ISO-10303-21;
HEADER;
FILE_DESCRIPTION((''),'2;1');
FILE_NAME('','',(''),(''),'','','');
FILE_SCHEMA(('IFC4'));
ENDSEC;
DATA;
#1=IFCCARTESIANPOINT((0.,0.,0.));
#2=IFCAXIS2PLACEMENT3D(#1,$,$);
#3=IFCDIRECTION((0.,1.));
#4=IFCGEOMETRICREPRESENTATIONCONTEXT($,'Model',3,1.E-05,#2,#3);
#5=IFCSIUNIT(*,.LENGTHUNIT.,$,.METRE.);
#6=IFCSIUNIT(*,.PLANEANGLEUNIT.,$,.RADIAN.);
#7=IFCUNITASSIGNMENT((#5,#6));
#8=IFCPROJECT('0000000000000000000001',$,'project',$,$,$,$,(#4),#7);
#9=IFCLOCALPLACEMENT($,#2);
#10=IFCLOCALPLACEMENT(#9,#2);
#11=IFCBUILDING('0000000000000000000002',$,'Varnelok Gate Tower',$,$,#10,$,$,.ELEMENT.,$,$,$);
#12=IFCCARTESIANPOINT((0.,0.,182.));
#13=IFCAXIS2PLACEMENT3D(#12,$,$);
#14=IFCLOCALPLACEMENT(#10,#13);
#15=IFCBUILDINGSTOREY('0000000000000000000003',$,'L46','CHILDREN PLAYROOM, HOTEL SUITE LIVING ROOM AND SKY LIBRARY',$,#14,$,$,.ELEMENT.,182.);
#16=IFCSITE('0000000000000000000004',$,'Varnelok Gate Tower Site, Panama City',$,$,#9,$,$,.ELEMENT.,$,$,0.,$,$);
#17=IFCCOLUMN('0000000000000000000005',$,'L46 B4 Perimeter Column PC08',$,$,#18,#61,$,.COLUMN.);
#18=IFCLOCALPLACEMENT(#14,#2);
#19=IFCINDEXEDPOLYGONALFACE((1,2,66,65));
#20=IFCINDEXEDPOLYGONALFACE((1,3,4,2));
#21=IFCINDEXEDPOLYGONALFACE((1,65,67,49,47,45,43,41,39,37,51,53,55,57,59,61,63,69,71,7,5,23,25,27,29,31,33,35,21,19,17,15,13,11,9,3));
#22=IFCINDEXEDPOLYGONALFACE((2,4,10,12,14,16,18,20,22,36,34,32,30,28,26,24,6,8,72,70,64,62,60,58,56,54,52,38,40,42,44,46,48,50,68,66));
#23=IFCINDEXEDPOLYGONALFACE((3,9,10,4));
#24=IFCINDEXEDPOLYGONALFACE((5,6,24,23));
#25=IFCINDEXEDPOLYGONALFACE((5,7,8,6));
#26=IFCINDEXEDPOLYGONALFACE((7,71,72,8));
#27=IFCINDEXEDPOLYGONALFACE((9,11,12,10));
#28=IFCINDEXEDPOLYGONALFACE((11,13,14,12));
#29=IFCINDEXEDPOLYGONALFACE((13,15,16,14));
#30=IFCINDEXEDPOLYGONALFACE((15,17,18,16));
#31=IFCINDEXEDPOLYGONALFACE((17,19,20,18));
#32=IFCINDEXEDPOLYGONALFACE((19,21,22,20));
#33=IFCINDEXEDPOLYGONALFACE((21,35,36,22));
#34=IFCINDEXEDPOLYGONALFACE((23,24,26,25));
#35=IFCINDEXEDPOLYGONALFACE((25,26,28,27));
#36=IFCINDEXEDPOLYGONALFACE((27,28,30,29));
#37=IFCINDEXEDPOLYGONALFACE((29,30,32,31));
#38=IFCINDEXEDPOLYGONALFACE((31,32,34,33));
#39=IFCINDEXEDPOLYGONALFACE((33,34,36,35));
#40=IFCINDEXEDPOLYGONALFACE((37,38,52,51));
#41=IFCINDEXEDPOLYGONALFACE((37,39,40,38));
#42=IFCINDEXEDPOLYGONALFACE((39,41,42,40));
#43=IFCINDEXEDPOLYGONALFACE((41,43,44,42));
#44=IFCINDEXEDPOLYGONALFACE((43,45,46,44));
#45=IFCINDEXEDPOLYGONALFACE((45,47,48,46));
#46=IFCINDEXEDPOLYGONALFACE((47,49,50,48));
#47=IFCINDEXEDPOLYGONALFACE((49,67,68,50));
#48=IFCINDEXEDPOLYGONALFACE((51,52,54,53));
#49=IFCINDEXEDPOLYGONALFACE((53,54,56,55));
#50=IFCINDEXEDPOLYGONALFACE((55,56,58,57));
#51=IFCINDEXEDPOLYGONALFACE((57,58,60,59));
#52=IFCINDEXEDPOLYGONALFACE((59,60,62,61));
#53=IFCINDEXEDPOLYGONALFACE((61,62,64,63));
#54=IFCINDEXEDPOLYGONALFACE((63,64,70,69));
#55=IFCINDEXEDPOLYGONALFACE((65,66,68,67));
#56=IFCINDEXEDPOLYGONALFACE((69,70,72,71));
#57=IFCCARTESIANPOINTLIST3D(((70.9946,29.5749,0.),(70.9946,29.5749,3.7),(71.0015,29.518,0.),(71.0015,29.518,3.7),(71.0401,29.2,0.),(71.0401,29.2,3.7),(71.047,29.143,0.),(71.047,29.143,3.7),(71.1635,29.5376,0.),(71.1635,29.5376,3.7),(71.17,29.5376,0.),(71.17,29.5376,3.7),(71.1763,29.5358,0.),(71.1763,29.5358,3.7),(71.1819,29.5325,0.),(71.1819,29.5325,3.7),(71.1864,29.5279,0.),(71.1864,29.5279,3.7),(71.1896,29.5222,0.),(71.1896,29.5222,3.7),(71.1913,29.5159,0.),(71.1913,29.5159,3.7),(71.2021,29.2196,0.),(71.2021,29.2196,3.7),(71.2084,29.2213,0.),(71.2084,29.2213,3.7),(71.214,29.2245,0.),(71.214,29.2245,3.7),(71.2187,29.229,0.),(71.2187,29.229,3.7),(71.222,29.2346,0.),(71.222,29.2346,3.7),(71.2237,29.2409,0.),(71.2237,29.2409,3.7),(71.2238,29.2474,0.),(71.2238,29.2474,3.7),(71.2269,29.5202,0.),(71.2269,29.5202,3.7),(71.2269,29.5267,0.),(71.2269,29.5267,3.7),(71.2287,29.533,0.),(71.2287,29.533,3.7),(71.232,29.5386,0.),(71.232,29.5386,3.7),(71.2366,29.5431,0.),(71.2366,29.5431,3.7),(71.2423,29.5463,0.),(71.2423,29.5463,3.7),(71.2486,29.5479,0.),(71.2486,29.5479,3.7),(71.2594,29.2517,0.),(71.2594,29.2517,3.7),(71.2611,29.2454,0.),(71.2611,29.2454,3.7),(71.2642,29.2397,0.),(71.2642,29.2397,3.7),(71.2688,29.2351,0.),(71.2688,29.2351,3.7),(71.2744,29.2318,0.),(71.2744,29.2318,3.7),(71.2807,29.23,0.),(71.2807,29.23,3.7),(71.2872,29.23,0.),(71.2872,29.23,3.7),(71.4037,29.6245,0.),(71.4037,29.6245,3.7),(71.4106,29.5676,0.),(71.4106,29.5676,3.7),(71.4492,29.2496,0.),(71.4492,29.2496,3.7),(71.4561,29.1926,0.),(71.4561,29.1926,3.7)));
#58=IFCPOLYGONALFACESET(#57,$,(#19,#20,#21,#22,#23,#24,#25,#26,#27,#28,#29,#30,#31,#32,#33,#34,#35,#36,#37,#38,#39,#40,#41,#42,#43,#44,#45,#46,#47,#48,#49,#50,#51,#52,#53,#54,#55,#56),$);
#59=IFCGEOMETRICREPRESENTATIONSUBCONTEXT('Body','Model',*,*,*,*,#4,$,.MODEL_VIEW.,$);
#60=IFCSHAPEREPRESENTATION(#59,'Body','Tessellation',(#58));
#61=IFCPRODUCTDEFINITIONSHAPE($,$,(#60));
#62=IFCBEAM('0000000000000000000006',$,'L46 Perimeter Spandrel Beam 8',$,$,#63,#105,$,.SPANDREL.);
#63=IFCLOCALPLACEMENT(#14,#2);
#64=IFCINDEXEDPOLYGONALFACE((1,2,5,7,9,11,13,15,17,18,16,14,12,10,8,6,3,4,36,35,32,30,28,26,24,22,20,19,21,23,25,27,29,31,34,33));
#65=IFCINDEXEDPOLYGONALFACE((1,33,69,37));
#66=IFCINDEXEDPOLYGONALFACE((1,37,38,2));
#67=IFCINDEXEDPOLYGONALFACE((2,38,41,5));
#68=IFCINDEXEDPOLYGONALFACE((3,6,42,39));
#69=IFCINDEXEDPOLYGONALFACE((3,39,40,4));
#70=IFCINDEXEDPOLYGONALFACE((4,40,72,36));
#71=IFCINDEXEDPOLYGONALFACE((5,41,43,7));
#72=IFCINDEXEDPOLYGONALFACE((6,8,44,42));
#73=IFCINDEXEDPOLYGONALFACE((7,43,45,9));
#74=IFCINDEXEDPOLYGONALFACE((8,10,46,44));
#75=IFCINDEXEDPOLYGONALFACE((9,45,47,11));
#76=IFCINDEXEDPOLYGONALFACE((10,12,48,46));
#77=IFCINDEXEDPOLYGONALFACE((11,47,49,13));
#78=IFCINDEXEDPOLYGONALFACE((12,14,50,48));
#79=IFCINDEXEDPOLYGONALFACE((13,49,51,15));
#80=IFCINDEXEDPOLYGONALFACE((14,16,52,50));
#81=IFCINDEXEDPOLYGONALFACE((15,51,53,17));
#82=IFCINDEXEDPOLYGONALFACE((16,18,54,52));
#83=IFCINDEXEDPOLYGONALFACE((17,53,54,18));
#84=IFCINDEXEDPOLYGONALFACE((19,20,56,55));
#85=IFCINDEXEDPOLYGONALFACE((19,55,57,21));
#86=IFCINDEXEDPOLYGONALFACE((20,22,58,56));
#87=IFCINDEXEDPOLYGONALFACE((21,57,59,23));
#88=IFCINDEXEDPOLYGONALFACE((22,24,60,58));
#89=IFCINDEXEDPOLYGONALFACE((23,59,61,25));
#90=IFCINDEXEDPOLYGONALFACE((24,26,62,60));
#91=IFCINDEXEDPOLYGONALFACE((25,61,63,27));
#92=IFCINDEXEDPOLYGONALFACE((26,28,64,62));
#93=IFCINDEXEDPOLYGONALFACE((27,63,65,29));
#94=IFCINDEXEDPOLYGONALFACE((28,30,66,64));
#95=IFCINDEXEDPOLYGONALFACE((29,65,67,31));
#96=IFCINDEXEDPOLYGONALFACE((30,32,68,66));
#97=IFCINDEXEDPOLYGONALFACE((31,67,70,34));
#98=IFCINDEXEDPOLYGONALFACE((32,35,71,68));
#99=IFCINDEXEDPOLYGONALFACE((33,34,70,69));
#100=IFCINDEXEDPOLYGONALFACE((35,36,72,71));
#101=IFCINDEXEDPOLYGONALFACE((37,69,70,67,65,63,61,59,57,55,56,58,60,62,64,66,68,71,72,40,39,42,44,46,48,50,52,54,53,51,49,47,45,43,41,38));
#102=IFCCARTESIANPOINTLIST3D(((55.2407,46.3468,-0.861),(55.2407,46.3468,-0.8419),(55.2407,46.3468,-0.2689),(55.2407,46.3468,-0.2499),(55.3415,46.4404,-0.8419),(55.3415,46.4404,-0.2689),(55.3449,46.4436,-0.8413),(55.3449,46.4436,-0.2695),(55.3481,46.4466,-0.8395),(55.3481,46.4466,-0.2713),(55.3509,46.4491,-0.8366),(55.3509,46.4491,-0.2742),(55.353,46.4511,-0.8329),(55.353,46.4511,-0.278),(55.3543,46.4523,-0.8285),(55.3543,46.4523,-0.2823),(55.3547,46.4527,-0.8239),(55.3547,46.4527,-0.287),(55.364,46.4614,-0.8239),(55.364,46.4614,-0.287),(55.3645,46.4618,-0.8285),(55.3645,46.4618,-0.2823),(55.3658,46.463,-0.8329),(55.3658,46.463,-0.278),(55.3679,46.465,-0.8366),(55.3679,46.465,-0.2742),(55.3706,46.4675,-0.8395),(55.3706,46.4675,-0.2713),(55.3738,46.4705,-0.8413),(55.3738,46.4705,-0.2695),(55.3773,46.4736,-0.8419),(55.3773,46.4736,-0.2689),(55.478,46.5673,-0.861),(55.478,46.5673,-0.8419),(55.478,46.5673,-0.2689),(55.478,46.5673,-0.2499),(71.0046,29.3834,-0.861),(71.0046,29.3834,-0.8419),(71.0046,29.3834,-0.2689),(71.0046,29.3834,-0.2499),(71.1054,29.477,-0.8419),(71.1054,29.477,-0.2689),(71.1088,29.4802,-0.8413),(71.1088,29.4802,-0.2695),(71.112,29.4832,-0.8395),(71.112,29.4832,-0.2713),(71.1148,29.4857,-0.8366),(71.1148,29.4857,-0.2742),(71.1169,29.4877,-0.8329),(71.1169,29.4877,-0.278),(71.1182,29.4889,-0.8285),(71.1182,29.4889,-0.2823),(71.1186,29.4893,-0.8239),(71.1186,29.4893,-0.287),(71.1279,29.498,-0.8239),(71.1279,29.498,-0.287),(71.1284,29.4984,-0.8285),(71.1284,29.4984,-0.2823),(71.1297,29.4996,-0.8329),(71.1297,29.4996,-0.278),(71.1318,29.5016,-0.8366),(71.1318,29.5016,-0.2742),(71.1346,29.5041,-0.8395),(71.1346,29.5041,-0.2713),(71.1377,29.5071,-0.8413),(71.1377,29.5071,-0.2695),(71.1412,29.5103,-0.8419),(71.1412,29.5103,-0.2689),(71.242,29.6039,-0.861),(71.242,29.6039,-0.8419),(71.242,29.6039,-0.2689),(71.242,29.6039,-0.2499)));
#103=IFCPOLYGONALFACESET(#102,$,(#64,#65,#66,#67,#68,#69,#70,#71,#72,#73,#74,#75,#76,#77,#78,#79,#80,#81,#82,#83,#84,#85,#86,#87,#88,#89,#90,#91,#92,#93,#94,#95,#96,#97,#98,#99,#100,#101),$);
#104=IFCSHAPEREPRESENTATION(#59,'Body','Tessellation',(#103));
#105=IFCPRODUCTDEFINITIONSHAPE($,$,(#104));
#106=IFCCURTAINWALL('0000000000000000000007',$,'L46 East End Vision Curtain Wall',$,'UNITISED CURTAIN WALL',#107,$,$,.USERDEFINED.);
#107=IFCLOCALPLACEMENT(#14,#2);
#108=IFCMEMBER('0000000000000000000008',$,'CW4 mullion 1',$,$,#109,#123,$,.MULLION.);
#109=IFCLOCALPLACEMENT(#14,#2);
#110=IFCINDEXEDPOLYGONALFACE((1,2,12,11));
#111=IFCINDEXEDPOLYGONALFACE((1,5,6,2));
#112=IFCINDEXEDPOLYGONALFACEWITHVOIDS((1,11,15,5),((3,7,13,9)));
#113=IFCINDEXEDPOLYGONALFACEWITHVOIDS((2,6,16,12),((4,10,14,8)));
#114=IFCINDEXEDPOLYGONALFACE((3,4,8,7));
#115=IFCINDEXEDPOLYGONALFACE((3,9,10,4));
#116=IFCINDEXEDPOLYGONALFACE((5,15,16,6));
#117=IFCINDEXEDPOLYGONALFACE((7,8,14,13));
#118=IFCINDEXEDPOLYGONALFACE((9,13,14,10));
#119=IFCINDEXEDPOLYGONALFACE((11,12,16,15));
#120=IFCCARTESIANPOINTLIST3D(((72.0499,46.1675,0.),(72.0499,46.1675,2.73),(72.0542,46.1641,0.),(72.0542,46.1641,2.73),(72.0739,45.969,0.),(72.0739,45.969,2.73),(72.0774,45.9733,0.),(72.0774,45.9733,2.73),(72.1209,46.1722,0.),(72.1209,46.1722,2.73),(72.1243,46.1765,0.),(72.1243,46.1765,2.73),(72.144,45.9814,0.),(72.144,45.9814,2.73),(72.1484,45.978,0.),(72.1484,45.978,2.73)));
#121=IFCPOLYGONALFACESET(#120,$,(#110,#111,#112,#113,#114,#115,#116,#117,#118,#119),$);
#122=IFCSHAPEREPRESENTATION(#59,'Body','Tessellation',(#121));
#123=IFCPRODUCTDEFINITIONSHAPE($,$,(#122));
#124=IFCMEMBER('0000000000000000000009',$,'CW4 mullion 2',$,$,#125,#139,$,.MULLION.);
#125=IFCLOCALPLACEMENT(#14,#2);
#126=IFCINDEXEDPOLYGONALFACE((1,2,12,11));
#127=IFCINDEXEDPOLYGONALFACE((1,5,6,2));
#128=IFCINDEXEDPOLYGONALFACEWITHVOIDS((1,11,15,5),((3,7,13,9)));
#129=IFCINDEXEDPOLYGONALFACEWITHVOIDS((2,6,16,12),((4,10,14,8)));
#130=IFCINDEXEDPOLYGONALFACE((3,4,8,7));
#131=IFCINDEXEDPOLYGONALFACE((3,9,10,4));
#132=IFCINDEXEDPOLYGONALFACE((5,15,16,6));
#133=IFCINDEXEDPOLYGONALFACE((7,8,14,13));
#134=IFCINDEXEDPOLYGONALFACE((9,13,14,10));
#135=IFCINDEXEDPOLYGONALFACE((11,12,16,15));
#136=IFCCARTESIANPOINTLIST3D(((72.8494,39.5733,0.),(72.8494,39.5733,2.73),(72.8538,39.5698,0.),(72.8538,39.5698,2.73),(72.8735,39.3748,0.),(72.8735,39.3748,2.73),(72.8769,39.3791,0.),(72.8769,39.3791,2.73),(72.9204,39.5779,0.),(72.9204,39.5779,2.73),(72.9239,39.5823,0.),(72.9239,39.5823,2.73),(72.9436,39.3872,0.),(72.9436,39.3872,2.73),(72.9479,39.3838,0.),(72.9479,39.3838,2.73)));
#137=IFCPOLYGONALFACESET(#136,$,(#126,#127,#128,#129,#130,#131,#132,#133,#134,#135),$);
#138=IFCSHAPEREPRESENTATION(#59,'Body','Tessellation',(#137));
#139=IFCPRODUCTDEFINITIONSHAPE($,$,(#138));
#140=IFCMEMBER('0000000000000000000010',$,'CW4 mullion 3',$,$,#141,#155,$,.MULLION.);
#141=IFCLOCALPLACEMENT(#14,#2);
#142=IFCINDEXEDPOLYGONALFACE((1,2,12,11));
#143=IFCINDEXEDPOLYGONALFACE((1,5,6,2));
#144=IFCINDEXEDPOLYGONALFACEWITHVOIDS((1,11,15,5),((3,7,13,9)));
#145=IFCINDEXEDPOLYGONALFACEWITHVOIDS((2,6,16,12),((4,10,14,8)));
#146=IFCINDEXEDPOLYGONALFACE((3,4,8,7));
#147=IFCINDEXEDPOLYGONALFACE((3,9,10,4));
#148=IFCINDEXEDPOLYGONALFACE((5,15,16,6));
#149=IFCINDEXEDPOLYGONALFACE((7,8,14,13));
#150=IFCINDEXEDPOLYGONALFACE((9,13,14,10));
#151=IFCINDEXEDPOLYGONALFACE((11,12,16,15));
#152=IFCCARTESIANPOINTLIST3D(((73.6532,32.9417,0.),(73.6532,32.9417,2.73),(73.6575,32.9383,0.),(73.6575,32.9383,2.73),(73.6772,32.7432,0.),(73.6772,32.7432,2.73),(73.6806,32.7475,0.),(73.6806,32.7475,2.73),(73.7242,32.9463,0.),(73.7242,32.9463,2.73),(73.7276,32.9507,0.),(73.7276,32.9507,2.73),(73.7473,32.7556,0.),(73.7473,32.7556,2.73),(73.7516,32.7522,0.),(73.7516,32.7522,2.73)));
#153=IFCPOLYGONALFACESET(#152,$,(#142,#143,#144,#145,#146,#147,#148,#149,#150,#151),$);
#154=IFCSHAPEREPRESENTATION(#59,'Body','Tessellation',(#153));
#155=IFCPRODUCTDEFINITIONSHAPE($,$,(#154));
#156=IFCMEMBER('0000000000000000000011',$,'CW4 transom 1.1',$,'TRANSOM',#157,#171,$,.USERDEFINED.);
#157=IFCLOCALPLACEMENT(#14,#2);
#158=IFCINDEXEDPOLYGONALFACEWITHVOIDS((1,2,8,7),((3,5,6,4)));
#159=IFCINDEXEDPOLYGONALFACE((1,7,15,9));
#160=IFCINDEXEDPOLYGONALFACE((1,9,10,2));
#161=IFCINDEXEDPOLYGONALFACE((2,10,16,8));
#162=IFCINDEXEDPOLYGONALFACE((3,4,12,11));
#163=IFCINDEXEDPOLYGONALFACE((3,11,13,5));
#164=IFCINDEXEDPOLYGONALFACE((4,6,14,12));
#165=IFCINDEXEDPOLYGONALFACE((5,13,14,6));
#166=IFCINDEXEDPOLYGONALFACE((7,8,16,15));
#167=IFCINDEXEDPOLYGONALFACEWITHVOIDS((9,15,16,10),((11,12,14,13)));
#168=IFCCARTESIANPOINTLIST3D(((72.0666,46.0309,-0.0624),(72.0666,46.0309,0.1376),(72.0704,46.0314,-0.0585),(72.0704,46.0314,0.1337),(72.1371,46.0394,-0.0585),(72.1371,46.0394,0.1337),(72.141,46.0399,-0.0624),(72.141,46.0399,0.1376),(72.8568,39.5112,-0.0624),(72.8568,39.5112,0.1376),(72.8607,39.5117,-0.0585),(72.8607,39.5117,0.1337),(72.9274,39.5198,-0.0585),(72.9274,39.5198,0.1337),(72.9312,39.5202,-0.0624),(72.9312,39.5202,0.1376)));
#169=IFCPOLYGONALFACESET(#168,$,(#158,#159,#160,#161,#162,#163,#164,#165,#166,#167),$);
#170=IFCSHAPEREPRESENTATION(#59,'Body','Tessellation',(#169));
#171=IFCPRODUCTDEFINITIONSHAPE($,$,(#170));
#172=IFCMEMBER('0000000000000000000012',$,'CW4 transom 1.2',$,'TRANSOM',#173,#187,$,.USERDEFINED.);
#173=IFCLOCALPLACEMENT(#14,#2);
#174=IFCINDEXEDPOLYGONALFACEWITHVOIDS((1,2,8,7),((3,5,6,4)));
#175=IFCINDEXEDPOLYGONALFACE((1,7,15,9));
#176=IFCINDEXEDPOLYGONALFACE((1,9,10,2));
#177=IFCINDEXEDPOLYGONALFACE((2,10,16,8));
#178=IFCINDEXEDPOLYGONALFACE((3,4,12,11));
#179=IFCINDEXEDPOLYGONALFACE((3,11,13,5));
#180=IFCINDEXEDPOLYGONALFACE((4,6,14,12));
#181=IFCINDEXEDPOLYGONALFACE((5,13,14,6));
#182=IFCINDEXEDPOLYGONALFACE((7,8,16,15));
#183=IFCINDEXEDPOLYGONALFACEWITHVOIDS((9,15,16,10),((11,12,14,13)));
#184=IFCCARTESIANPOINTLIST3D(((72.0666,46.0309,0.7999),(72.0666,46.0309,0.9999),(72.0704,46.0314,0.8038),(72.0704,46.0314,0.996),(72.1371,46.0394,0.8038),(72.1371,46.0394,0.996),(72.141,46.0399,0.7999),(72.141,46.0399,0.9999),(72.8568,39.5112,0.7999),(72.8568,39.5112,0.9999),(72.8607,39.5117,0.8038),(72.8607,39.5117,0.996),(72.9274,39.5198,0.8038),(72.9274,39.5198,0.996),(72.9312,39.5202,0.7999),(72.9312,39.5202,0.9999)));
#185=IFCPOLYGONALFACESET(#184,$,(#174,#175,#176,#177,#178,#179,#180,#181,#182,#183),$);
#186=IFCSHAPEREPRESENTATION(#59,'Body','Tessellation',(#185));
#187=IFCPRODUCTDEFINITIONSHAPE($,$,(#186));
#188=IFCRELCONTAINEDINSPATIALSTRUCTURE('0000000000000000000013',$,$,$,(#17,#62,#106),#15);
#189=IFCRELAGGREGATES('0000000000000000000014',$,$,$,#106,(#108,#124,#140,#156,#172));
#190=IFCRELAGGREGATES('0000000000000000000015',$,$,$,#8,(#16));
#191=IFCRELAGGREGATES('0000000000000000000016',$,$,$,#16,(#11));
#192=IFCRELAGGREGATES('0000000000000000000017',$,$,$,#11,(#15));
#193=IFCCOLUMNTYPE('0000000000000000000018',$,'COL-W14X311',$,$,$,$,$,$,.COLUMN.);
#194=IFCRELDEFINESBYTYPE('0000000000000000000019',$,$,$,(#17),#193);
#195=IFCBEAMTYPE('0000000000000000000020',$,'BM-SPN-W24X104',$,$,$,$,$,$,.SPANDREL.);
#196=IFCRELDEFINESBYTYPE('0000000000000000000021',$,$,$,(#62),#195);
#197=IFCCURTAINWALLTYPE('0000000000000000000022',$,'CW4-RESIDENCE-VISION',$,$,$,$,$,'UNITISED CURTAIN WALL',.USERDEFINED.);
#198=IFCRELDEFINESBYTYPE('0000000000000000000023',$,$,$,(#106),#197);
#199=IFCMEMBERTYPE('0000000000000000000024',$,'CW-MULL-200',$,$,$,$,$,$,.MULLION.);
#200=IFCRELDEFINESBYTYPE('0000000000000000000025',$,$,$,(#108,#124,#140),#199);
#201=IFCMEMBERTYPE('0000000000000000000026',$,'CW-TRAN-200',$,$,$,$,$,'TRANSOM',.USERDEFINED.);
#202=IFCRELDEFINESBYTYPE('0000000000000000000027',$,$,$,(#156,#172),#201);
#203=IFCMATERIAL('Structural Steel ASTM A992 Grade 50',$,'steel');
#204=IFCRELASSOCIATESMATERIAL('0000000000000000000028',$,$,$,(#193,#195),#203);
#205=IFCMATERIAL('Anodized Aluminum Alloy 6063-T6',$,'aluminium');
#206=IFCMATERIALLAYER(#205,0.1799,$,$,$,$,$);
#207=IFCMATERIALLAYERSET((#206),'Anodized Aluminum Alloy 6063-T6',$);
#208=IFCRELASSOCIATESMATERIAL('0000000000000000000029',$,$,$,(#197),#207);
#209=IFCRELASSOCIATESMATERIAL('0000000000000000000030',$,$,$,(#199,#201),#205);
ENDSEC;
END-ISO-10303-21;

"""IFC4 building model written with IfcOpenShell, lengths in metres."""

from ifc_helpers import new_model, si_unit, direction, frame, origin, origin_2d, place, context, subcontext, project, spatial, hollow_rectangle, i_section, extrude, material, layer, layer_set, material_profile, profile_set, type_object, element, aggregate, save


model = new_model("IFC4")

# Units and contexts
model_context = context("Model", 3, precision=1e-05, world=origin(), true_north=direction((0.0, 1.0)))
body_context = subcontext(model_context, "Body", "Model", "MODEL_VIEW")
ifc_project = project(units=[si_unit("LENGTHUNIT", "METRE"), si_unit("PLANEANGLEUNIT", "RADIAN")], contexts=[model_context])

# Site, building, storey
site_placement = place(None, origin())
site = spatial("IfcSite", under=ifc_project, at=site_placement, Name="Varnelok Gate Tower Site, Panama City", CompositionType="ELEMENT", RefElevation=0.0)
building_placement = place(site_placement, origin())
building = spatial("IfcBuilding", under=site, at=building_placement, Name="Varnelok Gate Tower", CompositionType="ELEMENT")
storey_placement = place(building_placement, frame((0.0, 0.0, 182.0)))
storey = spatial("IfcBuildingStorey", under=building, at=storey_placement, Name="L46", Description="CHILDREN PLAYROOM, HOTEL SUITE LIVING ROOM AND SKY LIBRARY", CompositionType="ELEMENT", Elevation=182.0)

# Column
ifc_material_1 = material(Name="Structural Steel ASTM A992 Grade 50", Category="steel")
ifc_material_profile_1 = material_profile(ifc_material_1, i_section(OverallWidth=0.4121, OverallDepth=0.4351, WebThickness=0.0359, FlangeThickness=0.0574, FilletRadius=0.0249, at=origin_2d()), Name="W14X311")
ifc_profile_set_1 = profile_set([ifc_material_profile_1], Name="Structural Steel ASTM A992 Grade 50")
column_type = type_object("IfcColumnType", Name="COL-W14X311", PredefinedType="COLUMN", material=ifc_profile_set_1)
column_placement = place(storey_placement, frame((71.2253, 29.3838, 0.0), z_axis=(0.0, 0.0, 1.0), x_axis=(0.992732, 0.120345, 0.0)))
element("IfcColumn", 1, at=column_placement, inside=storey, type_object=column_type, Name="L46 B4 Perimeter Column PC08", PredefinedType="COLUMN", context=body_context, shape_type="SweptSolid", body=[
    extrude(i_section(OverallWidth=0.4121, OverallDepth=0.4351, WebThickness=0.0359, FlangeThickness=0.0574, FilletRadius=0.0249, at=origin_2d()), origin(), (0.0, 0.0, 1.0), 3.7),
])

# Beam
ifc_material_profile_2 = material_profile(ifc_material_1, i_section(OverallWidth=0.324, OverallDepth=0.6111, WebThickness=0.0127, FlangeThickness=0.019, FilletRadius=0.0181, at=origin_2d()), Name="W24X104")
ifc_profile_set_2 = profile_set([ifc_material_profile_2], Name="Structural Steel ASTM A992 Grade 50")
beam_type = type_object("IfcBeamType", Name="BM-SPN-W24X104", PredefinedType="SPANDREL", material=ifc_profile_set_2)
beam_placement = place(storey_placement, frame((71.1233, 29.4937, -0.5554), z_axis=(-0.680734, 0.732531, 0.0), x_axis=(-0.732531, -0.680734, 0.0)))
element("IfcBeam", 2, at=beam_placement, inside=storey, type_object=beam_type, Name="L46 Perimeter Spandrel Beam 8", PredefinedType="SPANDREL", context=body_context, shape_type="SweptSolid", body=[
    extrude(i_section(OverallWidth=0.324, OverallDepth=0.6111, WebThickness=0.0127, FlangeThickness=0.019, FilletRadius=0.0181, at=origin_2d()), origin(), (0.0, 0.0, 1.0), 23.1572),
])

# Curtain wall, members
ifc_material_2 = material(Name="Anodized Aluminum Alloy 6063-T6", Category="aluminium")
ifc_layer_1 = layer(ifc_material_2, 0.1799)
ifc_layer_set_1 = layer_set([ifc_layer_1], Name="Anodized Aluminum Alloy 6063-T6")
curtain_wall_type = type_object("IfcCurtainWallType", Name="CW4-RESIDENCE-VISION", ElementType="UNITISED CURTAIN WALL", PredefinedType="USERDEFINED", material=ifc_layer_set_1)
curtain_wall_placement = place(storey_placement, origin())
curtain_wall = element("IfcCurtainWall", 3, at=curtain_wall_placement, inside=storey, type_object=curtain_wall_type, Name="L46 East End Vision Curtain Wall", ObjectType="UNITISED CURTAIN WALL", PredefinedType="USERDEFINED")
ifc_material_profile_3 = material_profile(ifc_material_2, hollow_rectangle(XDim=0.075, YDim=0.2, WallThickness=0.0039, at=origin_2d()), Name="ALU200X75X4")
ifc_profile_set_3 = profile_set([ifc_material_profile_3], Name="Anodized Aluminum Alloy 6063-T6")
member_type_1 = type_object("IfcMemberType", Name="CW-MULL-200", PredefinedType="MULLION", material=ifc_profile_set_3)
member_1_placement = place(storey_placement, frame((72.0991, 46.0728, 0.0), z_axis=(0.0, 0.0, 1.0), x_axis=(0.992732, 0.120345, 0.0)))
member_1 = element("IfcMember", 4, at=member_1_placement, type_object=member_type_1, Name="CW4 mullion 1", PredefinedType="MULLION", context=body_context, shape_type="SweptSolid", body=[
    extrude(hollow_rectangle(XDim=0.075, YDim=0.2, WallThickness=0.0039, at=origin_2d()), origin(), (0.0, 0.0, 1.0), 2.73),
])
member_2_placement = place(storey_placement, frame((72.8987, 39.4785, 0.0), z_axis=(0.0, 0.0, 1.0), x_axis=(0.992732, 0.120345, 0.0)))
member_2 = element("IfcMember", 5, at=member_2_placement, type_object=member_type_1, Name="CW4 mullion 2", PredefinedType="MULLION", context=body_context, shape_type="SweptSolid", body=[
    extrude(hollow_rectangle(XDim=0.075, YDim=0.2, WallThickness=0.0039, at=origin_2d()), origin(), (0.0, 0.0, 1.0), 2.73),
])
member_3_placement = place(storey_placement, frame((73.7024, 32.8469, 0.0), z_axis=(0.0, 0.0, 1.0), x_axis=(0.992732, 0.120345, 0.0)))
member_3 = element("IfcMember", 6, at=member_3_placement, type_object=member_type_1, Name="CW4 mullion 3", PredefinedType="MULLION", context=body_context, shape_type="SweptSolid", body=[
    extrude(hollow_rectangle(XDim=0.075, YDim=0.2, WallThickness=0.0039, at=origin_2d()), origin(), (0.0, 0.0, 1.0), 2.73),
])
ifc_material_profile_4 = material_profile(ifc_material_2, hollow_rectangle(XDim=0.075, YDim=0.2, WallThickness=0.0039, at=origin_2d()), Name="ALU200X75X4")
ifc_profile_set_4 = profile_set([ifc_material_profile_4], Name="Anodized Aluminum Alloy 6063-T6")
member_type_2 = type_object("IfcMemberType", Name="CW-TRAN-200", ElementType="TRANSOM", PredefinedType="USERDEFINED", material=ifc_profile_set_4)
member_4_placement = place(storey_placement, frame((72.1038, 46.0354, 0.0376), z_axis=(0.120332, -0.992734, 0.0), x_axis=(0.992734, 0.120332, 0.0)))
member_4 = element("IfcMember", 7, at=member_4_placement, type_object=member_type_2, Name="CW4 transom 1.1", ObjectType="TRANSOM", PredefinedType="USERDEFINED", context=body_context, shape_type="SweptSolid", body=[
    extrude(hollow_rectangle(XDim=0.075, YDim=0.2, WallThickness=0.0039, at=origin_2d()), origin(), (0.0, 0.0, 1.0), 6.5674),
])
member_5_placement = place(storey_placement, frame((72.1038, 46.0354, 0.8999), z_axis=(0.120332, -0.992734, 0.0), x_axis=(0.992734, 0.120332, 0.0)))
member_5 = element("IfcMember", 8, at=member_5_placement, type_object=member_type_2, Name="CW4 transom 1.2", ObjectType="TRANSOM", PredefinedType="USERDEFINED", context=body_context, shape_type="SweptSolid", body=[
    extrude(hollow_rectangle(XDim=0.075, YDim=0.2, WallThickness=0.0039, at=origin_2d()), origin(), (0.0, 0.0, 1.0), 6.5674),
])
aggregate(curtain_wall, [member_1, member_2, member_3, member_4, member_5])

save(model, "model.ifc")
